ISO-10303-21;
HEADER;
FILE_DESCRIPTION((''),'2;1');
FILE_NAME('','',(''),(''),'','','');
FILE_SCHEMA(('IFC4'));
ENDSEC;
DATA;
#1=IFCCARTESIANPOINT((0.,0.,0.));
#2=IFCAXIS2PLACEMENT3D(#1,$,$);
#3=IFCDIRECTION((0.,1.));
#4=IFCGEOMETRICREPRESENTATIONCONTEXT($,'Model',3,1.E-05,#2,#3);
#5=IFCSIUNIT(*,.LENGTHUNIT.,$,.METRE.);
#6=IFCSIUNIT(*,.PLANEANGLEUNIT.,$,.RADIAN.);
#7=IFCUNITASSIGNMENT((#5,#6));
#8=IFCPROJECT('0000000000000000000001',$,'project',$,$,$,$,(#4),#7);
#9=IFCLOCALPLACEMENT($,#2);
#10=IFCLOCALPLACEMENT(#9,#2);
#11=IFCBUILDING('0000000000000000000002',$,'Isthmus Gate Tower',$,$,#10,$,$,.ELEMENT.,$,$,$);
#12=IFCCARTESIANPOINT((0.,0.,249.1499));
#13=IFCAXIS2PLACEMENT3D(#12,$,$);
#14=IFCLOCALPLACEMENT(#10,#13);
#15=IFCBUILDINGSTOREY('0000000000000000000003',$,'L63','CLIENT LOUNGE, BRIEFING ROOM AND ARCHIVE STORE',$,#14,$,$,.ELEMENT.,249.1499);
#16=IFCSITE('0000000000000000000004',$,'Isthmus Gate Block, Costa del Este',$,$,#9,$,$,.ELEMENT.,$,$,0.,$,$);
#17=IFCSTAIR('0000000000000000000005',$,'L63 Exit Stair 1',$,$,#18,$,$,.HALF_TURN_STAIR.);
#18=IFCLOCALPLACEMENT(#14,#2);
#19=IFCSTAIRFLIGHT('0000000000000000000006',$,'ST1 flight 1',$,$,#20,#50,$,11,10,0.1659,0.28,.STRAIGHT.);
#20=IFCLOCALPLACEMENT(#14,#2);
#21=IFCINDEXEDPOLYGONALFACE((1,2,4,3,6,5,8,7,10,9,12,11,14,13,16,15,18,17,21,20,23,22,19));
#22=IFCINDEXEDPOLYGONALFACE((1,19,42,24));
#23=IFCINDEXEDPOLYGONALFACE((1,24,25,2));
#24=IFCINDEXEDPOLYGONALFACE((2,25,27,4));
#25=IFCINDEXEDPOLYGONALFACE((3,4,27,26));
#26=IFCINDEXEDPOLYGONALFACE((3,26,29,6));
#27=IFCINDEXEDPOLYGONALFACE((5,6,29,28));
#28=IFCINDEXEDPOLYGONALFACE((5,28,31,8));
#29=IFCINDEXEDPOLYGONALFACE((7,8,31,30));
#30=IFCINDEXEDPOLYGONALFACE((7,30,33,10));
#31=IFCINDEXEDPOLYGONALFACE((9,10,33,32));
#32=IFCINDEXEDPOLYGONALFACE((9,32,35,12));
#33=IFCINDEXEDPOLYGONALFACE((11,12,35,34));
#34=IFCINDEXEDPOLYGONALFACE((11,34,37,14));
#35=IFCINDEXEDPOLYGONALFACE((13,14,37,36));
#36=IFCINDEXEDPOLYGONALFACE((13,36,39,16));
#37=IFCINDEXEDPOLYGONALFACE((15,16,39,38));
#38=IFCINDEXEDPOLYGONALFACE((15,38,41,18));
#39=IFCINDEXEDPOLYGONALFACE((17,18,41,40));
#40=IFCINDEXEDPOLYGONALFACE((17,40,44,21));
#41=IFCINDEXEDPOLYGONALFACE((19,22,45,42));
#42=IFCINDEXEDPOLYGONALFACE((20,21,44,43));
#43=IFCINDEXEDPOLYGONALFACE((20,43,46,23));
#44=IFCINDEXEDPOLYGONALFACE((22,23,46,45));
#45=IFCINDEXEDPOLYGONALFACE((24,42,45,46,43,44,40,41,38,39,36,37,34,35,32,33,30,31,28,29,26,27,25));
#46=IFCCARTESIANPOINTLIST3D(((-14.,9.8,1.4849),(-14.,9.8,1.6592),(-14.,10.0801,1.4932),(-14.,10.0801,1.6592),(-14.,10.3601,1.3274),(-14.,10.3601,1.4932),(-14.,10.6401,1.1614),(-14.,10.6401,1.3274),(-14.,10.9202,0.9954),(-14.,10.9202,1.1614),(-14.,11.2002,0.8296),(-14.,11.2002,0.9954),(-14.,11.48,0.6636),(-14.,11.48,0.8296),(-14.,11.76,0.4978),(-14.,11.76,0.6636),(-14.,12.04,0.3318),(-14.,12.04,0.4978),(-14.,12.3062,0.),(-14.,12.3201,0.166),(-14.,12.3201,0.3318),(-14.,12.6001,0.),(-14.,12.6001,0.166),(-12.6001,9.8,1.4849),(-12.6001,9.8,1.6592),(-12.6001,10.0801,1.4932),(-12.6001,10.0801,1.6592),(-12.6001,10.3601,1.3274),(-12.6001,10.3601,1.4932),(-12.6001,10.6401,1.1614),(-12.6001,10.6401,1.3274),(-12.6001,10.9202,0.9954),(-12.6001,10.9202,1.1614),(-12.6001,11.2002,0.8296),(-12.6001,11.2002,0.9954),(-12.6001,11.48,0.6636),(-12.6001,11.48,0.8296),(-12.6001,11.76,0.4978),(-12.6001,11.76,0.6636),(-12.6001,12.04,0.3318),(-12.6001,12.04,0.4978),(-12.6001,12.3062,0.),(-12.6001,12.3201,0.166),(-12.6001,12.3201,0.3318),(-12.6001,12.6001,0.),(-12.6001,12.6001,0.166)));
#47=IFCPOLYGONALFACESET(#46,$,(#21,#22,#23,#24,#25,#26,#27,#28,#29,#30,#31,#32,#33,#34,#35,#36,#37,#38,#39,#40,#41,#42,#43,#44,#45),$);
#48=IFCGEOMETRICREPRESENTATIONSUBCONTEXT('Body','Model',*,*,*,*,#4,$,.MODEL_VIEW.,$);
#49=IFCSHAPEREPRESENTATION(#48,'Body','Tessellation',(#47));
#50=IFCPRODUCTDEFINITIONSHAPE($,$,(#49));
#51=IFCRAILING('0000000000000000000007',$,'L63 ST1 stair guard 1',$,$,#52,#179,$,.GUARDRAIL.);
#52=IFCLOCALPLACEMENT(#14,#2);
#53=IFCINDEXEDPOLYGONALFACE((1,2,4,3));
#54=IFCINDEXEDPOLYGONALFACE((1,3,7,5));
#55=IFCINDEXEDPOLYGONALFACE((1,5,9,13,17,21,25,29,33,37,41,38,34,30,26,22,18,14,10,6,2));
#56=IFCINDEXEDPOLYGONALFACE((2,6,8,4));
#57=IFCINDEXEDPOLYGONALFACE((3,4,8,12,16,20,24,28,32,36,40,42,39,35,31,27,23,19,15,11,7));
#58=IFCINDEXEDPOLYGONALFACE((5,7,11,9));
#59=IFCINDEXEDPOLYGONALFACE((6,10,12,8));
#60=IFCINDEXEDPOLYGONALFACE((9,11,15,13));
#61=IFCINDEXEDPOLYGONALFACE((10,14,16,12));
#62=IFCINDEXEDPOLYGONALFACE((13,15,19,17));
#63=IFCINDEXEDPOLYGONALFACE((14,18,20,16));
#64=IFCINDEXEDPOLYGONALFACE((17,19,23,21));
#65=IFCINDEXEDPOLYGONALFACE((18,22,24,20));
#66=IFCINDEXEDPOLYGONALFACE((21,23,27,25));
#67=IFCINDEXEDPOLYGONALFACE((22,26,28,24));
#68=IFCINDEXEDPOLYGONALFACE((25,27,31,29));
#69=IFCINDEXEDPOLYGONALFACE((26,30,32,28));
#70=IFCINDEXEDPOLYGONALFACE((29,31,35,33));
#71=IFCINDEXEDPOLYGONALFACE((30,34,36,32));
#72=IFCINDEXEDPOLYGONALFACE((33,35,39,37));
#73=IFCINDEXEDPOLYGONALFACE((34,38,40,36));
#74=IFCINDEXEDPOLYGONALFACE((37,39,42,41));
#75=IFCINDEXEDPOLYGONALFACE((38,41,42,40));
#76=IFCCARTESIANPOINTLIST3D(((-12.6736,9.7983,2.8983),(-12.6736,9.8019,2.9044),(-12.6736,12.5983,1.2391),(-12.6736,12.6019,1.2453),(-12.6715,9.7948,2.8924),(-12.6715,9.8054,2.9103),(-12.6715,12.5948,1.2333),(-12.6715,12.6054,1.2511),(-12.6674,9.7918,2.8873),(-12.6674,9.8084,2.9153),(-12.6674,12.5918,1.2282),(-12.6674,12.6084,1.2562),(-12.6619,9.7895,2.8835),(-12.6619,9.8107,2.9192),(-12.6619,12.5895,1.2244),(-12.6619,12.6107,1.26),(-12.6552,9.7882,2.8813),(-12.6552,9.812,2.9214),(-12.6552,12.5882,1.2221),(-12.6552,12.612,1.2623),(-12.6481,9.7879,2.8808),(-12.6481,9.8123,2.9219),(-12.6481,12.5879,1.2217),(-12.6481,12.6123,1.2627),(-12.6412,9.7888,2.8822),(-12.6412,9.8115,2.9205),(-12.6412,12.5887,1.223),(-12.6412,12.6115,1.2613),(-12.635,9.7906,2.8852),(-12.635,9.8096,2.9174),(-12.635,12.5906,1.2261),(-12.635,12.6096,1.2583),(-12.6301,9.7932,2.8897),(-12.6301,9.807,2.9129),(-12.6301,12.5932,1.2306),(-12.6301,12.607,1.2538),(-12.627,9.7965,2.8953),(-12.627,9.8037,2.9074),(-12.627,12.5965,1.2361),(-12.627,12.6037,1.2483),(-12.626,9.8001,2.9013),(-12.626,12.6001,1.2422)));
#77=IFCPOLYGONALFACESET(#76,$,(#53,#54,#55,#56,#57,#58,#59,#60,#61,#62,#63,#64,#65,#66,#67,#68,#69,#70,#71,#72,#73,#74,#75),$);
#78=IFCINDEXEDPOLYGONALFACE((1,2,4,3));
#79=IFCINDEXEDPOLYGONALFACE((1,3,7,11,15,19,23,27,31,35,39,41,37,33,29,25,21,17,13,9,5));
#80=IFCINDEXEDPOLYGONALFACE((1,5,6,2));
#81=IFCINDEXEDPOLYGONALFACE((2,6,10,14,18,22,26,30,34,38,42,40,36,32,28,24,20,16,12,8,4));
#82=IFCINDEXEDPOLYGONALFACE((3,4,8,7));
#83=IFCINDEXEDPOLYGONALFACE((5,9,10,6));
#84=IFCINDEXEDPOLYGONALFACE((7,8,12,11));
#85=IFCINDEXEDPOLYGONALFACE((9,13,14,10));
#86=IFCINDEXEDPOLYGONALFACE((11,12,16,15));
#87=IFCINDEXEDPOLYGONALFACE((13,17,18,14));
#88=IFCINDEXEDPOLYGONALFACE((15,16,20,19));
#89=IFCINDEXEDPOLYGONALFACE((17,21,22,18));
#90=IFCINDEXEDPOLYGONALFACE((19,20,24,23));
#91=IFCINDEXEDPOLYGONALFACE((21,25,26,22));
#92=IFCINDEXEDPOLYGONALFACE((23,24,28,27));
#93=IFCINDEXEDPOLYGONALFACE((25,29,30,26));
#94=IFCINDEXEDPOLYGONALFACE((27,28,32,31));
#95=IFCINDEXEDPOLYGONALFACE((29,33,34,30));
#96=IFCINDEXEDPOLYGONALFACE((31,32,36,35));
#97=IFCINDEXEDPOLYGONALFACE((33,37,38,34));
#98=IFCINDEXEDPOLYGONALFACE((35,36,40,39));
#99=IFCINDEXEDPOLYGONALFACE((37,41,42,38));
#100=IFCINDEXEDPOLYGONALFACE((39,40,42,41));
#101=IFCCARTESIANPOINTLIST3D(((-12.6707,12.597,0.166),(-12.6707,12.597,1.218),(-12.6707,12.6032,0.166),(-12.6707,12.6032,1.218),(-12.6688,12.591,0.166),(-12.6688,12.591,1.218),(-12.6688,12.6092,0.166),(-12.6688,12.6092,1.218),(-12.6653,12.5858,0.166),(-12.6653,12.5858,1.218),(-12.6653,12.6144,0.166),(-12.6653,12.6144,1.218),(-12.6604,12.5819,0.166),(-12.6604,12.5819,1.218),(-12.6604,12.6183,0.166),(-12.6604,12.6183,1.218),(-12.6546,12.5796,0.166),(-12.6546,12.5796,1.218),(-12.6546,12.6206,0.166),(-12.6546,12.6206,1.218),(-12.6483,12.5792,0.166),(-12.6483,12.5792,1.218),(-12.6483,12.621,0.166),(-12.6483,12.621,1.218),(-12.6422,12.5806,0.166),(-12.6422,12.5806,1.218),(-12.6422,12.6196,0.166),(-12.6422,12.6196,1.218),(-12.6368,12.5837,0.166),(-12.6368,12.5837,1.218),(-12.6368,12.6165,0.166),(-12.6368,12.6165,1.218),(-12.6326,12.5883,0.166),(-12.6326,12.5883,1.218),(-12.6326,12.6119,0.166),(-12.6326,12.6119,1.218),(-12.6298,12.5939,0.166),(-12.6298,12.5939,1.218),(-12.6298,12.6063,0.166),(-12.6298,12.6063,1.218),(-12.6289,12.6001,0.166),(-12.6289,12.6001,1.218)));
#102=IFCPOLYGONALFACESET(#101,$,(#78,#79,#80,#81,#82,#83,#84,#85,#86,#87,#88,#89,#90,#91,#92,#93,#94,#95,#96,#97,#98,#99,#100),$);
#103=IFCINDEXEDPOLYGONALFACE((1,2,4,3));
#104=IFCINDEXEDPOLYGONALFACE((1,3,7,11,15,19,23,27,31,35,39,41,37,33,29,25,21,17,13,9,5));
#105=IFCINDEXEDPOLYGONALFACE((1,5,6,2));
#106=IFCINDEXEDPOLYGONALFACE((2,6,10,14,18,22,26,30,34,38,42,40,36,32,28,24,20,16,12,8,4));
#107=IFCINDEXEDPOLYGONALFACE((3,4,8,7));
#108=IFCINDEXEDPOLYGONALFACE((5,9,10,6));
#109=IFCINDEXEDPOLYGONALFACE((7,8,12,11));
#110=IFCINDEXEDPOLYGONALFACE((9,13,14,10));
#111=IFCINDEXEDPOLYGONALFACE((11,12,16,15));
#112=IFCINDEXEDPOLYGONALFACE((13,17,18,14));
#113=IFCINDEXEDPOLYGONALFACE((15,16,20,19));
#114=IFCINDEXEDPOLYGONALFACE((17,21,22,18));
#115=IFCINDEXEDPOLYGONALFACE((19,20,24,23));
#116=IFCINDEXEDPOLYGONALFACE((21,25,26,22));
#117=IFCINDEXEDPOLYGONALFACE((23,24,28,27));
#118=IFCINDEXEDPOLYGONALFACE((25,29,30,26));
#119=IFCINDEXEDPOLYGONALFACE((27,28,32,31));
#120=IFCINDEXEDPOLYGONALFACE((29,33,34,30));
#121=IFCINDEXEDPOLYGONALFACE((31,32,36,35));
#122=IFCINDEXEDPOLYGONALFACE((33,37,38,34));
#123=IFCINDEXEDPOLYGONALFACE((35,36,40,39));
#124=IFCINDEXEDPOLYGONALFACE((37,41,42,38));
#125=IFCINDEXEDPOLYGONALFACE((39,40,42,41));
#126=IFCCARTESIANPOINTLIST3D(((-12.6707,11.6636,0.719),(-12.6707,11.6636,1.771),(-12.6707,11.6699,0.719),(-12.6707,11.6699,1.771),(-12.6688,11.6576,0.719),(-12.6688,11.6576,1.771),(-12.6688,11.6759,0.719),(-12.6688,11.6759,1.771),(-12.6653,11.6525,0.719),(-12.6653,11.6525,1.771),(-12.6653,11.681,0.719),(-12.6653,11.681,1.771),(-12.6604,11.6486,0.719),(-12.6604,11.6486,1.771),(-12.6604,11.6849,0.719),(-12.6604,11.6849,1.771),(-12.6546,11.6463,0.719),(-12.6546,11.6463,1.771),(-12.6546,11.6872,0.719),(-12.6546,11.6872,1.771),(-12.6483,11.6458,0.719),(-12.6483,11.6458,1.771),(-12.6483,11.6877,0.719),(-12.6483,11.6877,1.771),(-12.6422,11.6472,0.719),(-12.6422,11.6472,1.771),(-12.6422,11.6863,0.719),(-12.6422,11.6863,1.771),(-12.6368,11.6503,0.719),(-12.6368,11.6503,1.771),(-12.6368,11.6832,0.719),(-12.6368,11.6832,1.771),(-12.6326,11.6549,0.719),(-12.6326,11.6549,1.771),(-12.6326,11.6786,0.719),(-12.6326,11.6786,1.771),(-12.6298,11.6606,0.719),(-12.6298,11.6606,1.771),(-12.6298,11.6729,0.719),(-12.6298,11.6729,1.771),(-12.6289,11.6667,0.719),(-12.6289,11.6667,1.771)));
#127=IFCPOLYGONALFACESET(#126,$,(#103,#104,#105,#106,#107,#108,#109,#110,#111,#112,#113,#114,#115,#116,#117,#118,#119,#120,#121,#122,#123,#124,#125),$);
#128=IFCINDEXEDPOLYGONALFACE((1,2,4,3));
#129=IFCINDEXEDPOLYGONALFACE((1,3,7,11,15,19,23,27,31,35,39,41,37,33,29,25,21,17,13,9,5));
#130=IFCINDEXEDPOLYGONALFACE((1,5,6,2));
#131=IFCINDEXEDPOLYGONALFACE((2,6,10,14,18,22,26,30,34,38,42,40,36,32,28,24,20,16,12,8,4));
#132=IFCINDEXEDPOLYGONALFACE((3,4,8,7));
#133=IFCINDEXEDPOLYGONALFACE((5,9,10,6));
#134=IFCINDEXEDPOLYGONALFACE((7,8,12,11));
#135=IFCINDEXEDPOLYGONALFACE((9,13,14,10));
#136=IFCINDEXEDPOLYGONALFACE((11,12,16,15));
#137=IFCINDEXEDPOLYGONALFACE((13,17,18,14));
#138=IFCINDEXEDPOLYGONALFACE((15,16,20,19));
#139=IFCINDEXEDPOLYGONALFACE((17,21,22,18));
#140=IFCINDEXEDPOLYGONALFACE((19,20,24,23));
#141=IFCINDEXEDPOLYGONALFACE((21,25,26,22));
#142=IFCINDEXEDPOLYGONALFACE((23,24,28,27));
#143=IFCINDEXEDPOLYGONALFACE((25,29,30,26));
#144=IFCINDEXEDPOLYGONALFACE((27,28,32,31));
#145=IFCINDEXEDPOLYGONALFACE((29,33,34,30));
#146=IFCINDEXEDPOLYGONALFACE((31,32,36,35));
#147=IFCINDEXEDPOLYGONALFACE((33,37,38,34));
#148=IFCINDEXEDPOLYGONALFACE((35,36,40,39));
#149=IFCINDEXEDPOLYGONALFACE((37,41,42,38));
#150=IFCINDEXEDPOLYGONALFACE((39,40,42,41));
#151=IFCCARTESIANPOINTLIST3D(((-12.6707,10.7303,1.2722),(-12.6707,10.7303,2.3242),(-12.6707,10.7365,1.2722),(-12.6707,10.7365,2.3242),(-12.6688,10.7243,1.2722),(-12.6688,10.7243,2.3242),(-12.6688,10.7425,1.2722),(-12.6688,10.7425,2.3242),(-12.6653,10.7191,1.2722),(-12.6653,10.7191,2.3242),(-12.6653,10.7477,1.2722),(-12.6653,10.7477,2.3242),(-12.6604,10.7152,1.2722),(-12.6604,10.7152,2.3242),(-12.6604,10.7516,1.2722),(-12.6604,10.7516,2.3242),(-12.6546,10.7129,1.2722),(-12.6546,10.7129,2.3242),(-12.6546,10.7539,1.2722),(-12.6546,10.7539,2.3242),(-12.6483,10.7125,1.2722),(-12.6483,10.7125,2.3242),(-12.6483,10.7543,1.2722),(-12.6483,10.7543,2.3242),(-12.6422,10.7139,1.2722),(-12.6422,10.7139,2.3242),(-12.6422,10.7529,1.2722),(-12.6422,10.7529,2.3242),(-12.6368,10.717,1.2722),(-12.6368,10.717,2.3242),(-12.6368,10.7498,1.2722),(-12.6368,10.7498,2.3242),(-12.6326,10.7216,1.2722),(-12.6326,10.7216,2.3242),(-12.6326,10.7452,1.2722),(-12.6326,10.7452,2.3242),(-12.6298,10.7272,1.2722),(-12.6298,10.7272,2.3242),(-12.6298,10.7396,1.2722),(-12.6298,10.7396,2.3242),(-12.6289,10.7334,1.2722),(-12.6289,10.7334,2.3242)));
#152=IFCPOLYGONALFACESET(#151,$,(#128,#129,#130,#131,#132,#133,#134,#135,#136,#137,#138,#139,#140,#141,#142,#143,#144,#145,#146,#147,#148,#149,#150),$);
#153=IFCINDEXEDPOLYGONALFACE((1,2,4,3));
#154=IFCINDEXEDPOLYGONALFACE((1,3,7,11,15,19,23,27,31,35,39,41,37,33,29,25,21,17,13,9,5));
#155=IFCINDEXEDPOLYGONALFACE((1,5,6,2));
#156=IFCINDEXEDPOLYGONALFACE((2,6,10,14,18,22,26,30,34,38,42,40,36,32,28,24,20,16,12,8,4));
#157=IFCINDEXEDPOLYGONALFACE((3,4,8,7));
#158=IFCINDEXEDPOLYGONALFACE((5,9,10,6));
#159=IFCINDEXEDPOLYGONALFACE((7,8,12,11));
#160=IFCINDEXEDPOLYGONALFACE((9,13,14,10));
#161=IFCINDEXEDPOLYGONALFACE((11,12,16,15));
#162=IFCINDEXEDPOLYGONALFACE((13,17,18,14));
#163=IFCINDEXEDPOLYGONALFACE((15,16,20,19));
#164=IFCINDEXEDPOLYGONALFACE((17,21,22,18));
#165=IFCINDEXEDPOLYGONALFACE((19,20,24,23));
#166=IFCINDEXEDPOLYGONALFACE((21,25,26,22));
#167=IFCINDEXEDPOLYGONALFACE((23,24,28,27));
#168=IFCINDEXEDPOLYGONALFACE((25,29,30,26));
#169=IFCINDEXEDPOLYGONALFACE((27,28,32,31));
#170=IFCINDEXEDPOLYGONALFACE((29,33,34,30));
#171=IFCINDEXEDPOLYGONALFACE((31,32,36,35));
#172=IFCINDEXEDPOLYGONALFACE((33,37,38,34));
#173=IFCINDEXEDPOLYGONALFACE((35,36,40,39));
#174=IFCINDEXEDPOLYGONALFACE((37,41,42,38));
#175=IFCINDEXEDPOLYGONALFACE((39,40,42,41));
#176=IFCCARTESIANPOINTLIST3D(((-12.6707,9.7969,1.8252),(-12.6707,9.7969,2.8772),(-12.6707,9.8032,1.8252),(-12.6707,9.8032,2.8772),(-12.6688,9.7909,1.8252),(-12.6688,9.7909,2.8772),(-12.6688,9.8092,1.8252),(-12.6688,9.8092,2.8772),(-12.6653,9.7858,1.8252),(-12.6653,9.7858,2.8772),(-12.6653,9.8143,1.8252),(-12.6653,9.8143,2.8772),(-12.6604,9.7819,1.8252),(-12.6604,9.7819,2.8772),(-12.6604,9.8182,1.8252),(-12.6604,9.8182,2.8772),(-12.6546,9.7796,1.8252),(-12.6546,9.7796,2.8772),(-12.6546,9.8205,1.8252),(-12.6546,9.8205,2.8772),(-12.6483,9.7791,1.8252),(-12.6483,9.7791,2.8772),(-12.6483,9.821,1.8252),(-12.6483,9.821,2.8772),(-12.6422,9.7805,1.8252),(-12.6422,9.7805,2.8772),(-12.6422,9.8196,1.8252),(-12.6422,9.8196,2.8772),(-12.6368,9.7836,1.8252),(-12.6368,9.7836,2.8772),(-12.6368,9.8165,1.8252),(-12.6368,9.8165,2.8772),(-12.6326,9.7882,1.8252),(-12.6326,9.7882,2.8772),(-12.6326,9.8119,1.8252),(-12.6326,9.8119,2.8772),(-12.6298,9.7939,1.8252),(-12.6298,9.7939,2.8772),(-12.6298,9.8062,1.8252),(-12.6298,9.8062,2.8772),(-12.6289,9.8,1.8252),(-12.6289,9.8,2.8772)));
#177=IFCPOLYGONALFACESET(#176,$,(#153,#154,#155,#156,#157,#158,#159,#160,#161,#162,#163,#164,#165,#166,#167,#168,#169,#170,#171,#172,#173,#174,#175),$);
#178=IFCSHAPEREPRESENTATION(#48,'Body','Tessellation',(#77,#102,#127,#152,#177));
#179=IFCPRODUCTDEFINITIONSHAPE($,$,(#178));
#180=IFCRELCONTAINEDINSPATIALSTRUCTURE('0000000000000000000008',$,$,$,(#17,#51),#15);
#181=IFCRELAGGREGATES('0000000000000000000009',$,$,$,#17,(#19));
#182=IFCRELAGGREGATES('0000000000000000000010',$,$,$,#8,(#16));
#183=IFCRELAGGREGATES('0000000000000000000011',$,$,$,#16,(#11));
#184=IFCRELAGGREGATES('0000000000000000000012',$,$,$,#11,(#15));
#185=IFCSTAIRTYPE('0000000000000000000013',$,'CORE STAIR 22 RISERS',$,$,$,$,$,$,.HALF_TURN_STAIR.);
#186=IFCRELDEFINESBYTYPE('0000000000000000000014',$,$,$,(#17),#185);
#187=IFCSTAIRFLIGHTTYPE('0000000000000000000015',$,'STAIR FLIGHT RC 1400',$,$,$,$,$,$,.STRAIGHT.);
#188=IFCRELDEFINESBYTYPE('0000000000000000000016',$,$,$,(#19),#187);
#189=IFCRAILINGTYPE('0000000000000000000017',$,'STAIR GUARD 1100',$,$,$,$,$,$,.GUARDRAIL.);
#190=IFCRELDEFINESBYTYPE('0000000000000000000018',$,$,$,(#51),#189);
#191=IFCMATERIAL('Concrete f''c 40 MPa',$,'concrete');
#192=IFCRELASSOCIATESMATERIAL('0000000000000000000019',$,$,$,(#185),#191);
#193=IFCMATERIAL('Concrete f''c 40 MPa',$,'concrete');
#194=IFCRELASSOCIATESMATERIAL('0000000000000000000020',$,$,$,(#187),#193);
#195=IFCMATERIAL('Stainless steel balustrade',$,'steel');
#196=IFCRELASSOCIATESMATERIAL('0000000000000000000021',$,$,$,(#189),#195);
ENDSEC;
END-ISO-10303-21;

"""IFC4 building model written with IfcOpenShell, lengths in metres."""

from ifc_helpers import new_model, si_unit, direction, frame, origin, origin_2d, place, context, subcontext, project, spatial, polyline, circle, outline, extrude, material, type_object, element, aggregate, save


model = new_model("IFC4")

# Units and contexts
model_context = context("Model", 3, precision=1e-05, world=origin(), true_north=direction((0.0, 1.0)))
body_context = subcontext(model_context, "Body", "Model", "MODEL_VIEW")
ifc_project = project(units=[si_unit("LENGTHUNIT", "METRE"), si_unit("PLANEANGLEUNIT", "RADIAN")], contexts=[model_context])

# Site, building, storey
site_placement = place(None, origin())
site = spatial("IfcSite", under=ifc_project, at=site_placement, Name="Isthmus Gate Block, Costa del Este", CompositionType="ELEMENT", RefElevation=0.0)
building_placement = place(site_placement, origin())
building = spatial("IfcBuilding", under=site, at=building_placement, Name="Isthmus Gate Tower", CompositionType="ELEMENT")
storey_placement = place(building_placement, frame((0.0, 0.0, 249.1499)))
storey = spatial("IfcBuildingStorey", under=building, at=storey_placement, Name="L63", Description="CLIENT LOUNGE, BRIEFING ROOM AND ARCHIVE STORE", CompositionType="ELEMENT", Elevation=249.1499)

# Stair, stair flight
ifc_material_1 = material(Name="Concrete f'c 40 MPa", Category="concrete")
stair_type = type_object("IfcStairType", Name="CORE STAIR 22 RISERS", PredefinedType="HALF_TURN_STAIR", material=ifc_material_1)
stair_placement = place(storey_placement, origin())
stair = element("IfcStair", 1, at=stair_placement, inside=storey, type_object=stair_type, Name="L63 Exit Stair 1", PredefinedType="HALF_TURN_STAIR")
ifc_material_2 = material(Name="Concrete f'c 40 MPa", Category="concrete")
stair_flight_type = type_object("IfcStairFlightType", Name="STAIR FLIGHT RC 1400", PredefinedType="STRAIGHT", material=ifc_material_2)
stair_flight_placement = place(storey_placement, frame((-13.3, 12.6001, 0.0), z_axis=(0.0, 0.0, 1.0), x_axis=(0.0, -1.0, 0.0)))
stair_flight = element("IfcStairFlight", 2, at=stair_flight_placement, type_object=stair_flight_type, Name="ST1 flight 1", NumberOfRisers=11, NumberOfTreads=10, PredefinedType="STRAIGHT", RiserHeight=0.1659, TreadLength=0.28, context=body_context, shape_type="SweptSolid", body=[
    extrude(outline(polyline([(0.0, 0.0), (0.0, 0.166), (0.28, 0.166), (0.28, 0.3318), (0.5601, 0.3318), (0.5601, 0.4978), (0.8401, 0.4978), (0.8401, 0.6636), (1.1201, 0.6636), (1.1201, 0.8296), (1.3999, 0.8296), (1.3999, 0.9954), (1.6799, 0.9954), (1.6799, 1.1614), (1.96, 1.1614), (1.96, 1.3274), (2.24, 1.3274), (2.24, 1.4932), (2.52, 1.4932), (2.52, 1.6592), (2.8, 1.6592), (2.8, 1.825), (2.8, 1.4849), (0.2939, 0.0), (0.0, 0.0)])), frame((0.0, 0.7, 0.0), z_axis=(0.0, -1.0, 0.0), x_axis=(1.0, 0.0, 0.0)), (0.0, 0.0, 1.0), 1.3999),
])
aggregate(stair, [stair_flight])

# Railing
ifc_material_3 = material(Name="Stainless steel balustrade", Category="steel")
railing_type_1 = type_object("IfcRailingType", Name="STAIR GUARD 1100", PredefinedType="GUARDRAIL", material=ifc_material_3)
railing_1_placement = place(storey_placement, frame((-12.6499, 12.6001, 0.166)))
element("IfcRailing", 3, at=railing_1_placement, inside=storey, type_object=railing_type_1, Name="L63 ST1 stair guard 1", PredefinedType="GUARDRAIL", context=body_context, shape_type="SweptSolid", body=[
    extrude(circle(Radius=0.0239, at=origin_2d()), frame((0.0, 0.0, 1.0762), z_axis=(0.0, -0.860306, 0.509778), x_axis=(1.0, 0.0, 0.0)), (0.0, 0.0, 1.0), 3.2546),
    extrude(circle(Radius=0.021, at=origin_2d()), origin(), (0.0, 0.0, 1.0), 1.052),
    extrude(circle(Radius=0.021, at=origin_2d()), frame((0.0, -0.9333, 0.553)), (0.0, 0.0, 1.0), 1.052),
    extrude(circle(Radius=0.021, at=origin_2d()), frame((0.0, -1.8667, 1.1062)), (0.0, 0.0, 1.0), 1.052),
    extrude(circle(Radius=0.021, at=origin_2d()), frame((0.0, -2.8, 1.6592)), (0.0, 0.0, 1.0), 1.052),
])

save(model, "model.ifc")
